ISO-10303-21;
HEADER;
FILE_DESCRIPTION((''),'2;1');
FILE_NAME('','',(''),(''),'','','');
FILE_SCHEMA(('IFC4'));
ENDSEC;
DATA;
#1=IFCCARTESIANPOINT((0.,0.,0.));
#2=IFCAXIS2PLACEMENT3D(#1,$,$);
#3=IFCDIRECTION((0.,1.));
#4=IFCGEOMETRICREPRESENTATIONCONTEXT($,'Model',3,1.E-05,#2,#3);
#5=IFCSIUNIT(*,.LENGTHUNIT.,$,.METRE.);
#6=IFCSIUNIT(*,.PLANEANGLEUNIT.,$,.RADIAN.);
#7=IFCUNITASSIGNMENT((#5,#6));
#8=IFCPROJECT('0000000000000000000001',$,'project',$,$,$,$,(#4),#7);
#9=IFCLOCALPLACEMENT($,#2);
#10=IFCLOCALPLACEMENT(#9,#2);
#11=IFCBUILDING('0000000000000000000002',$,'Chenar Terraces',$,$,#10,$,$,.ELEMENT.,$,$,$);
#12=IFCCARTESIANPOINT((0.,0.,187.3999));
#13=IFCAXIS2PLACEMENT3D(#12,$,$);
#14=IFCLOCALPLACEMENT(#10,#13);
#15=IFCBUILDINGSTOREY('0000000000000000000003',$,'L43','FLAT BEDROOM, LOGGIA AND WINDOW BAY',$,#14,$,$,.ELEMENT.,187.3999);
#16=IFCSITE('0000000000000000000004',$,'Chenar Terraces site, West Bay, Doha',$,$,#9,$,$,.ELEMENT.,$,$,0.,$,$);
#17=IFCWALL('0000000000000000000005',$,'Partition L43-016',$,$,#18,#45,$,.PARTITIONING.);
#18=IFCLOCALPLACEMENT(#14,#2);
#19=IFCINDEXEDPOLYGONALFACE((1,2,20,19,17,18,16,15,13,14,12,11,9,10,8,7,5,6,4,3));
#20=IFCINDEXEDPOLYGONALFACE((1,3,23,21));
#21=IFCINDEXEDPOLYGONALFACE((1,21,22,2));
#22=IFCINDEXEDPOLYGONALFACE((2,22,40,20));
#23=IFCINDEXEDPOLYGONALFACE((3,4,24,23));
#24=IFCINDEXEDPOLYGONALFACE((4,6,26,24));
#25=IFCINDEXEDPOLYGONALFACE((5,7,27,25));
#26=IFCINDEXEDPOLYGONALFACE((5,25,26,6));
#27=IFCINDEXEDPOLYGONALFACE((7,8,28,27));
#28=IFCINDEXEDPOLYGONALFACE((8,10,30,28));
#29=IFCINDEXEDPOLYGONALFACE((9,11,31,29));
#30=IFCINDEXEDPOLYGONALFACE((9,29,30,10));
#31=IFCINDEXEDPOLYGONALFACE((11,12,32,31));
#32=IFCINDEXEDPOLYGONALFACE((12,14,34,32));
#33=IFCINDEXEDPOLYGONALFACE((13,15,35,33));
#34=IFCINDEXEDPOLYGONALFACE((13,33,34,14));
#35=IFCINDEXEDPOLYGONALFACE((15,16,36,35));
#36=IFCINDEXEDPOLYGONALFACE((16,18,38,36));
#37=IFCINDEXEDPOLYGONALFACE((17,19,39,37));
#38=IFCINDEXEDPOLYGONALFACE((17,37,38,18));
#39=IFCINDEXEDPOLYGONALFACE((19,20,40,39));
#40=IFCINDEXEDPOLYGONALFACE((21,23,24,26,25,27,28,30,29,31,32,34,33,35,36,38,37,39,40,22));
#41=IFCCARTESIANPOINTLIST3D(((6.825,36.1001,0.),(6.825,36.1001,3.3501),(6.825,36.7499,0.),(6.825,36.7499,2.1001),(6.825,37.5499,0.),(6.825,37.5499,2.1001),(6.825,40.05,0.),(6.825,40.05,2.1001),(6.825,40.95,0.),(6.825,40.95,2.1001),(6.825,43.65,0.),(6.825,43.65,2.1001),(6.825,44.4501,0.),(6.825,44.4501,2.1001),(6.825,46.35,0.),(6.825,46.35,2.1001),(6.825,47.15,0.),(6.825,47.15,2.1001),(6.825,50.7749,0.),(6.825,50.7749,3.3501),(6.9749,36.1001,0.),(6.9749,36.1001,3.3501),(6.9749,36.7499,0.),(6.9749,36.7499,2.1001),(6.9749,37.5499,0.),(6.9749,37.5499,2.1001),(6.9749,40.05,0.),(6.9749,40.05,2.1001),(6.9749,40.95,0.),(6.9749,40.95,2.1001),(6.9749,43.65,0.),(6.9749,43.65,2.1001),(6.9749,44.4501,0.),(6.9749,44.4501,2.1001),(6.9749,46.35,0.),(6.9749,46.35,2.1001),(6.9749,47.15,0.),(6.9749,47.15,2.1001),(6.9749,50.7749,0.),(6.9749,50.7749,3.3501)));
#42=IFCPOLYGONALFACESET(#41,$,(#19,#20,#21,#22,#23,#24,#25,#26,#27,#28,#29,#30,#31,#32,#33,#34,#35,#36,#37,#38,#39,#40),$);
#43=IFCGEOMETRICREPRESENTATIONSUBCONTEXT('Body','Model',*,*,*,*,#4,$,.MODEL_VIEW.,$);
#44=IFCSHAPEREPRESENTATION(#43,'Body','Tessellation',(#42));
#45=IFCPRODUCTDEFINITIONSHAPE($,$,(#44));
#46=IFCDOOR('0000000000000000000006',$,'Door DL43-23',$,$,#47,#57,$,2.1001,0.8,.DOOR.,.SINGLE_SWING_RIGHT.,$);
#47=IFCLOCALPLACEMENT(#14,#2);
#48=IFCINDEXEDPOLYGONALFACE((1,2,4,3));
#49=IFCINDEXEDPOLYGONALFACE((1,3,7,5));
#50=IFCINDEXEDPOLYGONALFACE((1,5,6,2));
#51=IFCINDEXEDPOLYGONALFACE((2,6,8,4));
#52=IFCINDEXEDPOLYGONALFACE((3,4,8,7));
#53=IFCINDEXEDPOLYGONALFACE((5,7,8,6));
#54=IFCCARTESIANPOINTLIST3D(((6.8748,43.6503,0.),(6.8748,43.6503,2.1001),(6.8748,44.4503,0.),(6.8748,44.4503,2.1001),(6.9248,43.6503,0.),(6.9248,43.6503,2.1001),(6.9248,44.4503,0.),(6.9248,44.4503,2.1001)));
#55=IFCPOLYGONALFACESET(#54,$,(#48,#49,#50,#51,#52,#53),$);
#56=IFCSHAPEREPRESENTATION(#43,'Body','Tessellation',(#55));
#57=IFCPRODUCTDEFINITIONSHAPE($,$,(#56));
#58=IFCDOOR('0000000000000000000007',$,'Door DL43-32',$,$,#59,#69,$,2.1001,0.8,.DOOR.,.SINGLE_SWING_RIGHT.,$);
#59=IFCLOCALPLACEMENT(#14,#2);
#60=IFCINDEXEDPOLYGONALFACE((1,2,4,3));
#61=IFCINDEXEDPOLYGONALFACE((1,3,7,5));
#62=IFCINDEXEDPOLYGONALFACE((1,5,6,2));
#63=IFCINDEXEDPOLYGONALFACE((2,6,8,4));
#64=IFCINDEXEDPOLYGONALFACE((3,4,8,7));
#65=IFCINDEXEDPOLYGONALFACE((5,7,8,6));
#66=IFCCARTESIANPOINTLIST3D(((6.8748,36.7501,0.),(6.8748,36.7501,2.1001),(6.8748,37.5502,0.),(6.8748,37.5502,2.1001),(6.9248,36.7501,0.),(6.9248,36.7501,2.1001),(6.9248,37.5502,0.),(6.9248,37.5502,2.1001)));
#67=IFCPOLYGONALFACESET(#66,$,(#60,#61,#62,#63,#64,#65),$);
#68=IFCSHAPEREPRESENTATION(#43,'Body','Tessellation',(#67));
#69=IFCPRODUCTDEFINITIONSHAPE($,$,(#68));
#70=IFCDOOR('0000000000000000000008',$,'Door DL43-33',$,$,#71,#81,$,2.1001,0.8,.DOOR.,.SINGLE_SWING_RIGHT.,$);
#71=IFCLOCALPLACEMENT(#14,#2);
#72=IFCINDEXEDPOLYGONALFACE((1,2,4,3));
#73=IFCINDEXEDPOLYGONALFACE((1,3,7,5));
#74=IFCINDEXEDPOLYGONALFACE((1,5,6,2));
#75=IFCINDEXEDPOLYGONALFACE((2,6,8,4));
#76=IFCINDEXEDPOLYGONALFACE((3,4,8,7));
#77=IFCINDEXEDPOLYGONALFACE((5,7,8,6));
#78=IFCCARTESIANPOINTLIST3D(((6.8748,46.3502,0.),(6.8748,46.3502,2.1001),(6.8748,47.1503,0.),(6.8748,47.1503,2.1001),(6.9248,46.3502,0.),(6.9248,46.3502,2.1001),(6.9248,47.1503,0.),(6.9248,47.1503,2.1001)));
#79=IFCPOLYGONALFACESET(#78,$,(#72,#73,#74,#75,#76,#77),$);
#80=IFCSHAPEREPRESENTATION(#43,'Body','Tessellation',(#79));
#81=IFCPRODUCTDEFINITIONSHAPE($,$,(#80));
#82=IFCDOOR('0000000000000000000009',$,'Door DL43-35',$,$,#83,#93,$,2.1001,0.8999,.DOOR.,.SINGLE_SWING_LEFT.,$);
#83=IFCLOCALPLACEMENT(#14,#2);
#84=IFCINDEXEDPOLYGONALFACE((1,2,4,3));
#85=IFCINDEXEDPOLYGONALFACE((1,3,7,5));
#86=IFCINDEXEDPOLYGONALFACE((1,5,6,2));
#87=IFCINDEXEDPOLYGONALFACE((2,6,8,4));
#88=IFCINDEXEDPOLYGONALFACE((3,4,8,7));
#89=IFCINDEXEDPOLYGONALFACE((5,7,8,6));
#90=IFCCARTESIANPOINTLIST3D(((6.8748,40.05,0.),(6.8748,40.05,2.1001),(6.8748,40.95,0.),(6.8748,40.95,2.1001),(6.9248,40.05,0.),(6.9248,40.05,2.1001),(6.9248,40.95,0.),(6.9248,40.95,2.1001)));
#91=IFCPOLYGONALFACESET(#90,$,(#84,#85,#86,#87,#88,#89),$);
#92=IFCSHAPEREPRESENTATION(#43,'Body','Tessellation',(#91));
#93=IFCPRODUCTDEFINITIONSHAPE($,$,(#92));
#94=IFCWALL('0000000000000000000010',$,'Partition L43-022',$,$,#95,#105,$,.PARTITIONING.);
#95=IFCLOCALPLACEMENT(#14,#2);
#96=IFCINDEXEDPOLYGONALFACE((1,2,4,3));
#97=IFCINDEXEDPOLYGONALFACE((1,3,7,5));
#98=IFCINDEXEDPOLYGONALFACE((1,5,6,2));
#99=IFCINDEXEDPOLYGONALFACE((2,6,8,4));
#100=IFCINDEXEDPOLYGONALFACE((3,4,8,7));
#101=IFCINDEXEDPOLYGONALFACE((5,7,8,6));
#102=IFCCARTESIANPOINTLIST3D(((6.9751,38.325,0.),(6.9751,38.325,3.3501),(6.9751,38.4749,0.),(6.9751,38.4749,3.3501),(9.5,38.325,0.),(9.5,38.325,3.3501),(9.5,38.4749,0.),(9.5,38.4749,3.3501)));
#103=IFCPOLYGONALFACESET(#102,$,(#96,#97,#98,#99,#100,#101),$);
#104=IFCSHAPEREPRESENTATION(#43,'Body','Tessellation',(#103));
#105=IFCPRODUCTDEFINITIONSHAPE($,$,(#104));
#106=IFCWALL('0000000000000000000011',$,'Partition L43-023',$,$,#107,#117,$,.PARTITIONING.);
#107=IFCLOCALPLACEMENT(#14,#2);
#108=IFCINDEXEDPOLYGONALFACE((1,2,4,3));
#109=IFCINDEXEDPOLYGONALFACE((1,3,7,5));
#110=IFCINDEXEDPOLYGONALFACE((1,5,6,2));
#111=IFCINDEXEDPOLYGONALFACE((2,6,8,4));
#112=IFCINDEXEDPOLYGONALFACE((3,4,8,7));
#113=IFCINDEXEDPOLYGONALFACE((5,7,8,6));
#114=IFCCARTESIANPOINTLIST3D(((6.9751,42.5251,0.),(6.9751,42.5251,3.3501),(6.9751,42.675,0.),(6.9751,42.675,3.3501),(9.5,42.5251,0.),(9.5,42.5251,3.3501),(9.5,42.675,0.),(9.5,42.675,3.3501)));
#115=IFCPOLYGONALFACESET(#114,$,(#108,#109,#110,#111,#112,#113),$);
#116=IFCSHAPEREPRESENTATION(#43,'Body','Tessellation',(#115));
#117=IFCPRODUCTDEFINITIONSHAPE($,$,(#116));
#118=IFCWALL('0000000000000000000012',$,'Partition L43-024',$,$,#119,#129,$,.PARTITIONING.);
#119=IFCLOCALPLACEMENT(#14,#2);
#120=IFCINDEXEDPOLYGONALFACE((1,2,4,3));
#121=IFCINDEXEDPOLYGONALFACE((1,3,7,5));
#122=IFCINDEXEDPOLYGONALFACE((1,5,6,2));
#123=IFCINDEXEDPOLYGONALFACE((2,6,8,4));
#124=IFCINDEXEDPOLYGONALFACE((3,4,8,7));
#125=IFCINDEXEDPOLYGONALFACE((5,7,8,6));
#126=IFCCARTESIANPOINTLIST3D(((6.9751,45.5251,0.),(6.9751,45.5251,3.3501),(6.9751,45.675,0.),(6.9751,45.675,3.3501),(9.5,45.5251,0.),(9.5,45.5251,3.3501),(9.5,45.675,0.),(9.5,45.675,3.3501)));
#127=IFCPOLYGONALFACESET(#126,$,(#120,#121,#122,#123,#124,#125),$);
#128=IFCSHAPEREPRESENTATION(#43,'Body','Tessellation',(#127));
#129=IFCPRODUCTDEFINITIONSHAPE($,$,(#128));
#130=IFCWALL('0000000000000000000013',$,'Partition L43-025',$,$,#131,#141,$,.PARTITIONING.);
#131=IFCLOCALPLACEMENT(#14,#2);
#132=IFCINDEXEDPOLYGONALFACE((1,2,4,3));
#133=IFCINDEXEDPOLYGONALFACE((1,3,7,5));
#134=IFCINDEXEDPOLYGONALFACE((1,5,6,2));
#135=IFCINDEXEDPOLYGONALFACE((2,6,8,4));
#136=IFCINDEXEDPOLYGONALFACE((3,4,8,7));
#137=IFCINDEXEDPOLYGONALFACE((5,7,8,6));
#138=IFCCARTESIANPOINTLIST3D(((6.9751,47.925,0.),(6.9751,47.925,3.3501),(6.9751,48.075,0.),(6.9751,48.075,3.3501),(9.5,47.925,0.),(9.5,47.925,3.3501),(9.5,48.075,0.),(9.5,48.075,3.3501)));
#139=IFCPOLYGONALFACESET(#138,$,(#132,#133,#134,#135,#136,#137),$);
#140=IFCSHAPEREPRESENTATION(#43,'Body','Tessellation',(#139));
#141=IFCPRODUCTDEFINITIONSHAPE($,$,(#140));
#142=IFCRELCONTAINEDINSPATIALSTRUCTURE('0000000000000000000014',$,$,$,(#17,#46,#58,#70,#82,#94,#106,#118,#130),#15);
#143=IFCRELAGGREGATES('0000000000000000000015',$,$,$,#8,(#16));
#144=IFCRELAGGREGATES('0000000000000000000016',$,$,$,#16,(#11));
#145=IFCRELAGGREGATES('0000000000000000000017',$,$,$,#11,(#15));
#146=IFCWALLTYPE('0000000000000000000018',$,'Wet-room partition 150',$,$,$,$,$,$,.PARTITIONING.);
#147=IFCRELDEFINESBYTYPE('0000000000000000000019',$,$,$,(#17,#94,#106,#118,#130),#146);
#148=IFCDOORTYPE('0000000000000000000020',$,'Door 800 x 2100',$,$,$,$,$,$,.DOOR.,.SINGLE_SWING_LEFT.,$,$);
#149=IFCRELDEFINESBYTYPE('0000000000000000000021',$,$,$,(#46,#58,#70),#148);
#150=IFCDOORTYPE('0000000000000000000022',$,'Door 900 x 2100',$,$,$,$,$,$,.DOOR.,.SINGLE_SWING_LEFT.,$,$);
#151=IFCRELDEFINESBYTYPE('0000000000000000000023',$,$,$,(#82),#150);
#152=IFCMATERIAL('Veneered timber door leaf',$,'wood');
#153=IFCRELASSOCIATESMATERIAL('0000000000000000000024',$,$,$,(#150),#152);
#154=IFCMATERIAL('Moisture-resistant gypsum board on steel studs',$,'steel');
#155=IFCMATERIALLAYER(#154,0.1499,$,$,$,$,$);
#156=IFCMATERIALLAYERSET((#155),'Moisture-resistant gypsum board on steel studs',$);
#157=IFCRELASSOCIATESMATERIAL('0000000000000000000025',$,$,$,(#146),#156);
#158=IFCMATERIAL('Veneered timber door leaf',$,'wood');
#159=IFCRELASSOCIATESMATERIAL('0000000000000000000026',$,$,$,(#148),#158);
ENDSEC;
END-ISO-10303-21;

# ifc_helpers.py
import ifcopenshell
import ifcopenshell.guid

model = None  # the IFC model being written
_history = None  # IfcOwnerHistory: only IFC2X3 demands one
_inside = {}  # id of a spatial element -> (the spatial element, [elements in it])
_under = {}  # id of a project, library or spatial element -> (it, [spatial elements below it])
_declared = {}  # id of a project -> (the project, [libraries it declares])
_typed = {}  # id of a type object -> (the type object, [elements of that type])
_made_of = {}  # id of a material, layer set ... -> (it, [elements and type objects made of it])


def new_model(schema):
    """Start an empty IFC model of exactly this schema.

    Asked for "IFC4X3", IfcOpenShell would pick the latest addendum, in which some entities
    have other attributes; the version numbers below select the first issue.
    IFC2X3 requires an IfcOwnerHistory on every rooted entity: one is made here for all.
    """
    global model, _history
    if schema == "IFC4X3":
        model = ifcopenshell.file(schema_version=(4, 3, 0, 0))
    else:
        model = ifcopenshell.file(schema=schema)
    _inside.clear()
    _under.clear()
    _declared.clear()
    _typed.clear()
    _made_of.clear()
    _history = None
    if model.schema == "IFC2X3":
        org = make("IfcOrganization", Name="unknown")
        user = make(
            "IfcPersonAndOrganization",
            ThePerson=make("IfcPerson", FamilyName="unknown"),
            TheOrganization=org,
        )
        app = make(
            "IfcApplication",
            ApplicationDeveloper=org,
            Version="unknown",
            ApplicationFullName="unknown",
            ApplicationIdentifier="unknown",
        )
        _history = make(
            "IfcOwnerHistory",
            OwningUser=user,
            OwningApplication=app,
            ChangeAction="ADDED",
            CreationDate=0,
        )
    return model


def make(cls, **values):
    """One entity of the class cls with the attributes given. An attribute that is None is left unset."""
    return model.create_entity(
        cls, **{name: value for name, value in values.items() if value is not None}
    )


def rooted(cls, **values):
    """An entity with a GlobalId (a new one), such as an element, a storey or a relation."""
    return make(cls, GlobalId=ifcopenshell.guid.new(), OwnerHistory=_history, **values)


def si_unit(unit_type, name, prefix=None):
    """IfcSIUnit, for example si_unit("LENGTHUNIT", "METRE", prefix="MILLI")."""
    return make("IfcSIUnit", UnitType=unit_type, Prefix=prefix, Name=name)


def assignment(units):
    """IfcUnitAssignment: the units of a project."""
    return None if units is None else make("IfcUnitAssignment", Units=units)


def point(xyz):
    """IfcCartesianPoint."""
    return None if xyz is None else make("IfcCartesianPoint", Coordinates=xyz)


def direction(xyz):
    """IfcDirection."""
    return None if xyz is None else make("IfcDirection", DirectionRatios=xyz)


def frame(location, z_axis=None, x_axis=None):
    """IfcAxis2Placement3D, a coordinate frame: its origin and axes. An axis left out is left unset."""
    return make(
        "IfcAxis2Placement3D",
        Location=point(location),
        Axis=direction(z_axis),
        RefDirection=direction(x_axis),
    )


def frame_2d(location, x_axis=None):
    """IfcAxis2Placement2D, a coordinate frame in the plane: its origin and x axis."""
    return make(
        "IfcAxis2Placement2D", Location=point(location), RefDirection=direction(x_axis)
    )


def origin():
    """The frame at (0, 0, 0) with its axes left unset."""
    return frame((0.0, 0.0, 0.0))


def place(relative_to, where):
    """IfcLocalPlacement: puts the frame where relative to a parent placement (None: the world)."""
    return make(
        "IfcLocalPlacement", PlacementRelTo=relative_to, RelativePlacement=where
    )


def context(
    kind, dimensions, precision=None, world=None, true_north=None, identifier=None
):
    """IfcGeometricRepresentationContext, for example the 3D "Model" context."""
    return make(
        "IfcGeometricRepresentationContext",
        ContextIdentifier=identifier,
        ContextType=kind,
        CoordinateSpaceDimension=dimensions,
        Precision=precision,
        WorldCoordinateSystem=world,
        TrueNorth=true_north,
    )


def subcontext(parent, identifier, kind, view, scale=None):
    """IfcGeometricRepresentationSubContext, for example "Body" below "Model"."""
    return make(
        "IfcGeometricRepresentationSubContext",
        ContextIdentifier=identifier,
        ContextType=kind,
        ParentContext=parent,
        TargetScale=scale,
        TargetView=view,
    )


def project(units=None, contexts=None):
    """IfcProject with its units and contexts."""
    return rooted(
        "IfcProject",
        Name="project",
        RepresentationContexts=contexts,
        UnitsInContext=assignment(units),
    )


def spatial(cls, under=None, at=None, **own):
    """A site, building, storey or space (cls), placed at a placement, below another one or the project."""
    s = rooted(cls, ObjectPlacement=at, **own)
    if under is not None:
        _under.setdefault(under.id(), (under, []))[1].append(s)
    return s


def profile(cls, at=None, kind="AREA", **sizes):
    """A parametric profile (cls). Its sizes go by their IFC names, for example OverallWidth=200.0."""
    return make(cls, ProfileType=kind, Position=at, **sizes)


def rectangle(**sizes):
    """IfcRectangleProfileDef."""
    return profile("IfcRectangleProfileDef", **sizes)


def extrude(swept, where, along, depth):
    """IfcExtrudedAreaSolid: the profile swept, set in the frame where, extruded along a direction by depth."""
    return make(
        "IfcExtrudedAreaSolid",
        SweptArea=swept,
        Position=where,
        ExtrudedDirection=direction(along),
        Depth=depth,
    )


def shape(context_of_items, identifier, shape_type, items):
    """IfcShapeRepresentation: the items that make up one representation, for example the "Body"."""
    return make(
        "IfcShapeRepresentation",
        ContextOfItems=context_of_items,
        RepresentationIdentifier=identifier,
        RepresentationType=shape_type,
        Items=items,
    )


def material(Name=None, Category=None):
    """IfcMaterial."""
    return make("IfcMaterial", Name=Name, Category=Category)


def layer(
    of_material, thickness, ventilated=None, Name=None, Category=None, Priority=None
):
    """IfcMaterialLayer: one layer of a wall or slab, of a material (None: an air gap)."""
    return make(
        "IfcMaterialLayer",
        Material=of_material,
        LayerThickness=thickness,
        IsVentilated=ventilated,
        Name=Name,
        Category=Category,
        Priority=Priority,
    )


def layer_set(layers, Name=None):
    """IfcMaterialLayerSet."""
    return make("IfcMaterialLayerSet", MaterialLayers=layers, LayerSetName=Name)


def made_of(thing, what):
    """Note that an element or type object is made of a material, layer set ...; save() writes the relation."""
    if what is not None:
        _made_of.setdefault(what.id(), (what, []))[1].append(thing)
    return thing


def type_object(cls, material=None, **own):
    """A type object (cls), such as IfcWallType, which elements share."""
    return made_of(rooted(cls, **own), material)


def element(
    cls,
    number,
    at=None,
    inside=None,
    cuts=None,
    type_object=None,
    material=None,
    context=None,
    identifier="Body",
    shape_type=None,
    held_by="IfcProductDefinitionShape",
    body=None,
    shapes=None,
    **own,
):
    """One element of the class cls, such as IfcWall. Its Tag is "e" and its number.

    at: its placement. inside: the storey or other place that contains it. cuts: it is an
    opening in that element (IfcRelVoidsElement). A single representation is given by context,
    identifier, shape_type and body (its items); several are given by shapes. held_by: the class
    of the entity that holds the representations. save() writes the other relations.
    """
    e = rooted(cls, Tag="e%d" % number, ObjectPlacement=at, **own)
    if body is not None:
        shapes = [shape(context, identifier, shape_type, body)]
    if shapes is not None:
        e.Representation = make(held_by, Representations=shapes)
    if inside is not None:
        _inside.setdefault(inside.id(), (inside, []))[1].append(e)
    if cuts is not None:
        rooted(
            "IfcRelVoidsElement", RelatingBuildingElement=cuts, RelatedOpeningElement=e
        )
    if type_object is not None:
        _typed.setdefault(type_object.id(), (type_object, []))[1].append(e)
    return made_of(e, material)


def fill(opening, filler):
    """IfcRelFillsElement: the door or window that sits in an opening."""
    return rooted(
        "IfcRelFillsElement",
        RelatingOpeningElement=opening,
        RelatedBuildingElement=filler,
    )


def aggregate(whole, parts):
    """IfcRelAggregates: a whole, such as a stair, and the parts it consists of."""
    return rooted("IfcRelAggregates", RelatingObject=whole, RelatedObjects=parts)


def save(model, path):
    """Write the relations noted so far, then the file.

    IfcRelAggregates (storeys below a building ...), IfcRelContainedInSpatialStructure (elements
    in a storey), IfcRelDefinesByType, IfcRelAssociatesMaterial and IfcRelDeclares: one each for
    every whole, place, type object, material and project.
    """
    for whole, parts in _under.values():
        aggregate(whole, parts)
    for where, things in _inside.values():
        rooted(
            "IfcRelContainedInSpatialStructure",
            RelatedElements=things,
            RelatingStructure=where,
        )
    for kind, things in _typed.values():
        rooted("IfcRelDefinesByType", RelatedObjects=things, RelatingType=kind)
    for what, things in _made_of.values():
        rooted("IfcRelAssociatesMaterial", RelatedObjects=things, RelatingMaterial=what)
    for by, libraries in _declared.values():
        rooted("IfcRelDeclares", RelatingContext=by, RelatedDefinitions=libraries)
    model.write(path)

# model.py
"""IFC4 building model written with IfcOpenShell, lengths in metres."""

from ifc_helpers import new_model, si_unit, direction, frame, frame_2d, origin, place, context, subcontext, project, spatial, rectangle, extrude, material, layer, layer_set, type_object, element, fill, save


model = new_model("IFC4")

# Units and contexts
model_context = context("Model", 3, precision=1e-05, world=origin(), true_north=direction((0.0, 1.0)))
body_context = subcontext(model_context, "Body", "Model", "MODEL_VIEW")
ifc_project = project(units=[si_unit("LENGTHUNIT", "METRE"), si_unit("PLANEANGLEUNIT", "RADIAN")], contexts=[model_context])

# Site, building, storey
site_placement = place(None, origin())
site = spatial("IfcSite", under=ifc_project, at=site_placement, Name="Chenar Terraces site, West Bay, Doha", CompositionType="ELEMENT", RefElevation=0.0)
building_placement = place(site_placement, origin())
building = spatial("IfcBuilding", under=site, at=building_placement, Name="Chenar Terraces", CompositionType="ELEMENT")
storey_placement = place(building_placement, frame((0.0, 0.0, 187.3999)))
storey = spatial("IfcBuildingStorey", under=building, at=storey_placement, Name="L43", Description="FLAT BEDROOM, LOGGIA AND WINDOW BAY", CompositionType="ELEMENT", Elevation=187.3999)

# Wall, openings, doors
ifc_material_1 = material(Name="Veneered timber door leaf", Category="wood")
door_type_1 = type_object("IfcDoorType", Name="Door 900 x 2100", OperationType="SINGLE_SWING_LEFT", PredefinedType="DOOR", material=ifc_material_1)
ifc_material_2 = material(Name="Moisture-resistant gypsum board on steel studs", Category="steel")
ifc_layer_1 = layer(ifc_material_2, 0.1499)
ifc_layer_set_1 = layer_set([ifc_layer_1], Name="Moisture-resistant gypsum board on steel studs")
wall_type_1 = type_object("IfcWallType", Name="Wet-room partition 150", PredefinedType="PARTITIONING", material=ifc_layer_set_1)
wall_1_placement = place(storey_placement, frame((6.8999, 36.1001, 0.0), z_axis=(0.0, 0.0, 1.0), x_axis=(0.0, 1.0, 0.0)))
wall_1 = element("IfcWall", 1, at=wall_1_placement, inside=storey, type_object=wall_type_1, Name="Partition L43-016", PredefinedType="PARTITIONING", context=body_context, shape_type="SweptSolid", body=[
    extrude(rectangle(XDim=14.6748, YDim=0.1499, at=frame_2d((7.3374, 0.0))), origin(), (0.0, 0.0, 1.0), 3.3501),
])
opening_1_placement = place(wall_1_placement, frame((7.55, 0.0, 0.0)))
opening_1 = element("IfcOpeningElement", 2, at=opening_1_placement, cuts=wall_1, PredefinedType="OPENING", context=body_context, shape_type="SweptSolid", body=[
    extrude(rectangle(XDim=0.8, YDim=2.1001, at=frame_2d((0.3999, 1.05))), frame((0.0, 0.085, 0.0), z_axis=(0.0, -1.0, 0.0), x_axis=(1.0, 0.0, 0.0)), (0.0, 0.0, 1.0), 0.1699),
])
opening_2_placement = place(wall_1_placement, frame((0.6499, 0.0, 0.0)))
opening_2 = element("IfcOpeningElement", 3, at=opening_2_placement, cuts=wall_1, PredefinedType="OPENING", context=body_context, shape_type="SweptSolid", body=[
    extrude(rectangle(XDim=0.8, YDim=2.1001, at=frame_2d((0.3999, 1.05))), frame((0.0, 0.085, 0.0), z_axis=(0.0, -1.0, 0.0), x_axis=(1.0, 0.0, 0.0)), (0.0, 0.0, 1.0), 0.1699),
])
opening_3_placement = place(wall_1_placement, frame((10.25, 0.0, 0.0)))
opening_3 = element("IfcOpeningElement", 4, at=opening_3_placement, cuts=wall_1, PredefinedType="OPENING", context=body_context, shape_type="SweptSolid", body=[
    extrude(rectangle(XDim=0.8, YDim=2.1001, at=frame_2d((0.3999, 1.05))), frame((0.0, 0.085, 0.0), z_axis=(0.0, -1.0, 0.0), x_axis=(1.0, 0.0, 0.0)), (0.0, 0.0, 1.0), 0.1699),
])
opening_4_placement = place(wall_1_placement, frame((3.95, 0.0, 0.0)))
opening_4 = element("IfcOpeningElement", 5, at=opening_4_placement, cuts=wall_1, PredefinedType="OPENING", context=body_context, shape_type="SweptSolid", body=[
    extrude(rectangle(XDim=0.8999, YDim=2.1001, at=frame_2d((0.45, 1.05))), frame((0.0, 0.085, 0.0), z_axis=(0.0, -1.0, 0.0), x_axis=(1.0, 0.0, 0.0)), (0.0, 0.0, 1.0), 0.1699),
])
ifc_material_3 = material(Name="Veneered timber door leaf", Category="wood")
door_type_2 = type_object("IfcDoorType", Name="Door 800 x 2100", OperationType="SINGLE_SWING_LEFT", PredefinedType="DOOR", material=ifc_material_3)
door_1_placement = place(opening_1_placement, frame((0.8, 0.0, 0.0), z_axis=(0.0, 0.0, 1.0), x_axis=(-1.0, 0.0, 0.0)))
door_1 = element("IfcDoor", 6, at=door_1_placement, inside=storey, type_object=door_type_2, Name="Door DL43-23", OperationType="SINGLE_SWING_RIGHT", OverallHeight=2.1001, OverallWidth=0.8, PredefinedType="DOOR", context=body_context, shape_type="SweptSolid", body=[
    extrude(rectangle(XDim=0.8, YDim=2.1001, at=frame_2d((0.3999, 1.05))), frame((0.0, 0.0249, 0.0), z_axis=(0.0, -1.0, 0.0), x_axis=(1.0, 0.0, 0.0)), (0.0, 0.0, 1.0), 0.05),
])
fill(opening_1, door_1)
door_2_placement = place(opening_2_placement, frame((0.8, 0.0, 0.0), z_axis=(0.0, 0.0, 1.0), x_axis=(-1.0, 0.0, 0.0)))
door_2 = element("IfcDoor", 7, at=door_2_placement, inside=storey, type_object=door_type_2, Name="Door DL43-32", OperationType="SINGLE_SWING_RIGHT", OverallHeight=2.1001, OverallWidth=0.8, PredefinedType="DOOR", context=body_context, shape_type="SweptSolid", body=[
    extrude(rectangle(XDim=0.8, YDim=2.1001, at=frame_2d((0.3999, 1.05))), frame((0.0, 0.0249, 0.0), z_axis=(0.0, -1.0, 0.0), x_axis=(1.0, 0.0, 0.0)), (0.0, 0.0, 1.0), 0.05),
])
fill(opening_2, door_2)
door_3_placement = place(opening_3_placement, frame((0.8, 0.0, 0.0), z_axis=(0.0, 0.0, 1.0), x_axis=(-1.0, 0.0, 0.0)))
door_3 = element("IfcDoor", 8, at=door_3_placement, inside=storey, type_object=door_type_2, Name="Door DL43-33", OperationType="SINGLE_SWING_RIGHT", OverallHeight=2.1001, OverallWidth=0.8, PredefinedType="DOOR", context=body_context, shape_type="SweptSolid", body=[
    extrude(rectangle(XDim=0.8, YDim=2.1001, at=frame_2d((0.3999, 1.05))), frame((0.0, 0.0249, 0.0), z_axis=(0.0, -1.0, 0.0), x_axis=(1.0, 0.0, 0.0)), (0.0, 0.0, 1.0), 0.05),
])
fill(opening_3, door_3)
door_4_placement = place(opening_4_placement, frame((0.8999, 0.0, 0.0), z_axis=(0.0, 0.0, 1.0), x_axis=(-1.0, 0.0, 0.0)))
door_4 = element("IfcDoor", 9, at=door_4_placement, inside=storey, type_object=door_type_1, Name="Door DL43-35", OperationType="SINGLE_SWING_LEFT", OverallHeight=2.1001, OverallWidth=0.8999, PredefinedType="DOOR", context=body_context, shape_type="SweptSolid", body=[
    extrude(rectangle(XDim=0.8999, YDim=2.1001, at=frame_2d((0.45, 1.05))), frame((0.0, 0.0249, 0.0), z_axis=(0.0, -1.0, 0.0), x_axis=(1.0, 0.0, 0.0)), (0.0, 0.0, 1.0), 0.05),
])
fill(opening_4, door_4)

# Walls
for number, where, z_axis, x_axis, name in (
    (10, (6.9751, 38.3999, 0.0), (0.0, 0.0, 1.0), (1.0, 0.0, 0.0), "Partition L43-022"),
    (11, (6.9751, 42.6001, 0.0), (0.0, 0.0, 1.0), (1.0, 0.0, 0.0), "Partition L43-023"),
    (12, (6.9751, 45.6001, 0.0), (0.0, 0.0, 1.0), (1.0, 0.0, 0.0), "Partition L43-024"),
    (13, (6.9751, 48.0, 0.0), (0.0, 0.0, 1.0), (1.0, 0.0, 0.0), "Partition L43-025"),
):
    element("IfcWall", number, at=place(storey_placement, frame(where, z_axis=z_axis, x_axis=x_axis)), inside=storey, type_object=wall_type_1, Name=name, PredefinedType="PARTITIONING", context=body_context, shape_type="SweptSolid", body=[
        extrude(rectangle(XDim=2.5249, YDim=0.1499, at=frame_2d((1.2625, 0.0))), origin(), (0.0, 0.0, 1.0), 3.3501),
    ])

save(model, "model.ifc")
